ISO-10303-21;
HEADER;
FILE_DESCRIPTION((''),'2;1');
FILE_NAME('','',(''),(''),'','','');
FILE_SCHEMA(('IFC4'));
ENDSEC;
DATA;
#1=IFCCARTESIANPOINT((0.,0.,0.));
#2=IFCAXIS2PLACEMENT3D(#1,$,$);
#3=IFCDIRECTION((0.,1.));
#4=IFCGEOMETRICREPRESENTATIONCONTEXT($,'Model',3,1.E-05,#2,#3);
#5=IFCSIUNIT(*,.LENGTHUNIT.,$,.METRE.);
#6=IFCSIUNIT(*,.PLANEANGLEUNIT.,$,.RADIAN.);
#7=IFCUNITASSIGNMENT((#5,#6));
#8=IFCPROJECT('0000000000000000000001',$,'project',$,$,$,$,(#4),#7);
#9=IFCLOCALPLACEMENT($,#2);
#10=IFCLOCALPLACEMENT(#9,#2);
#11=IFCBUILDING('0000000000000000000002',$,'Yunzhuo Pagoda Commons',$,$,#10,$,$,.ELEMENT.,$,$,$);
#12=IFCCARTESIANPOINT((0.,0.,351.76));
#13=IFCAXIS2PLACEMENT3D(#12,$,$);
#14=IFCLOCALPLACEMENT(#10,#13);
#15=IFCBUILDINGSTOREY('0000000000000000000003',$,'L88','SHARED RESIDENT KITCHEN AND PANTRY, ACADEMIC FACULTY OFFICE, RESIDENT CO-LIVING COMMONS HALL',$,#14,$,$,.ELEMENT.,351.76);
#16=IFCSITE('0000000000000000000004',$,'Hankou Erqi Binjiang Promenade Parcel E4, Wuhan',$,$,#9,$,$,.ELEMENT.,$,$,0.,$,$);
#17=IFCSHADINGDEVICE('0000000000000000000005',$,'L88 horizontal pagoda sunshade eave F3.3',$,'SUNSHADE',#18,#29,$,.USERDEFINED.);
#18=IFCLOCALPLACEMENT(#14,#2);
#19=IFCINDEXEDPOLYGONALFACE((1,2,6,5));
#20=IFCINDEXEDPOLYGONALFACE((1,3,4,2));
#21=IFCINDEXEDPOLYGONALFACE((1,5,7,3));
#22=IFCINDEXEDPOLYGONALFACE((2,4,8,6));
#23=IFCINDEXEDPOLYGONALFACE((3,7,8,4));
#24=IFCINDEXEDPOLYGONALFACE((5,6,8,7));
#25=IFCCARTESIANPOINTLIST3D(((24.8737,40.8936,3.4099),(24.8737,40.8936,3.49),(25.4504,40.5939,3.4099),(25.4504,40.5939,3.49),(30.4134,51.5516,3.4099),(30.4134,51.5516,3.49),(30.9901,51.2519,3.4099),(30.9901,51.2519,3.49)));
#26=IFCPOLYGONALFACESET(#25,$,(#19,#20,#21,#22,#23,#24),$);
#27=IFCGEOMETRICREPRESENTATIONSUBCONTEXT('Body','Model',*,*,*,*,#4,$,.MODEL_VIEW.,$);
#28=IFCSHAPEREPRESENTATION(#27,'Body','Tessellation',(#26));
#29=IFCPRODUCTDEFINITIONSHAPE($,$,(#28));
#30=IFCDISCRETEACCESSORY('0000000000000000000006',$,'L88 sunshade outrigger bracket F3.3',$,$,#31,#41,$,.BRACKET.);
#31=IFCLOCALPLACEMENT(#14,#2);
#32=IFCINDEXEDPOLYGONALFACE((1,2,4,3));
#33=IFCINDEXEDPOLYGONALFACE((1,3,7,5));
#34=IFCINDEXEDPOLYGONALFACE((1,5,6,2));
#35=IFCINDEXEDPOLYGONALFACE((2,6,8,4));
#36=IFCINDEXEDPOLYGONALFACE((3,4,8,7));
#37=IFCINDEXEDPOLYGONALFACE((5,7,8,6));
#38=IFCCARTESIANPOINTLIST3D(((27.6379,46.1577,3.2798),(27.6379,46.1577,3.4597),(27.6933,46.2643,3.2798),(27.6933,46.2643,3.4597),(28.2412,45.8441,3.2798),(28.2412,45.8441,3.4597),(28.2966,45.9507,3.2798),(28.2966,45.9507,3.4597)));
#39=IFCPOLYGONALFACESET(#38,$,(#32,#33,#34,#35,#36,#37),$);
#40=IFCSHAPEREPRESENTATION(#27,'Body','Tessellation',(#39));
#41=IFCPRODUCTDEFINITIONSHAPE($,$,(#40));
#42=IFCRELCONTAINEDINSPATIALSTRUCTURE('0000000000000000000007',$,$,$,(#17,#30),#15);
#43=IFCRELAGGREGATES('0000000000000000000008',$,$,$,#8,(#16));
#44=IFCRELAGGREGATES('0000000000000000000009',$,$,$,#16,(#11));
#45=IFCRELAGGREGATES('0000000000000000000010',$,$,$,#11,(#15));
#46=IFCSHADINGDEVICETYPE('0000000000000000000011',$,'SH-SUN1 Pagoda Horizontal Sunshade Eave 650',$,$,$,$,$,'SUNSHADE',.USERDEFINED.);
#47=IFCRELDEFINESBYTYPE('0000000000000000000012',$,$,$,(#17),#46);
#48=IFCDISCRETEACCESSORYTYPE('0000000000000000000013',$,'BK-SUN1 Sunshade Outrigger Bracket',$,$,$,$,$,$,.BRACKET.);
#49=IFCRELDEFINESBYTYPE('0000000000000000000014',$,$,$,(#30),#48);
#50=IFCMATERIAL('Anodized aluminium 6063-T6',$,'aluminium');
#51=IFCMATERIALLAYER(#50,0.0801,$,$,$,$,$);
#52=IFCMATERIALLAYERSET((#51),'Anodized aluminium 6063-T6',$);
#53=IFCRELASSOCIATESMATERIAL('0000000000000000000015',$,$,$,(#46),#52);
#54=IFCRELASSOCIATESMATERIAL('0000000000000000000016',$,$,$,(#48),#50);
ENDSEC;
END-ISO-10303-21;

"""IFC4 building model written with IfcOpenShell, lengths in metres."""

from ifc_helpers import new_model, si_unit, direction, frame, origin, origin_2d, place, context, subcontext, project, spatial, rectangle, extrude, source, transform, mapped, material, layer, layer_set, type_object, element, save


model = new_model("IFC4")

# Units and contexts
model_context = context("Model", 3, precision=1e-05, world=origin(), true_north=direction((0.0, 1.0)))
body_context = subcontext(model_context, "Body", "Model", "MODEL_VIEW")
ifc_project = project(units=[si_unit("LENGTHUNIT", "METRE"), si_unit("PLANEANGLEUNIT", "RADIAN")], contexts=[model_context])

# Site, building, storey
site_placement = place(None, origin())
site = spatial("IfcSite", under=ifc_project, at=site_placement, Name="Hankou Erqi Binjiang Promenade Parcel E4, Wuhan", CompositionType="ELEMENT", RefElevation=0.0)
building_placement = place(site_placement, origin())
building = spatial("IfcBuilding", under=site, at=building_placement, Name="Yunzhuo Pagoda Commons", CompositionType="ELEMENT")
storey_placement = place(building_placement, frame((0.0, 0.0, 351.76)))
storey = spatial("IfcBuildingStorey", under=building, at=storey_placement, Name="L88", Description="SHARED RESIDENT KITCHEN AND PANTRY, ACADEMIC FACULTY OFFICE, RESIDENT CO-LIVING COMMONS HALL", CompositionType="ELEMENT", Elevation=351.76)

# Shared definitions
ifc_material_1 = material(Name="Anodized aluminium 6063-T6", Category="aluminium")

# Shading device
ifc_layer_1 = layer(ifc_material_1, 0.0801)
ifc_layer_set_1 = layer_set([ifc_layer_1], Name="Anodized aluminium 6063-T6")
shading_device_type = type_object("IfcShadingDeviceType", Name="SH-SUN1 Pagoda Horizontal Sunshade Eave 650", ElementType="SUNSHADE", PredefinedType="USERDEFINED", material=ifc_layer_set_1)
shared_shape_1 = source(origin(), body_context, "Body", "SweptSolid", [
    extrude(rectangle(XDim=12.0117, YDim=0.6499, at=origin_2d()), origin(), (0.0, 0.0, 1.0), 0.0801),
])
shading_device_placement = place(storey_placement, frame((27.9319, 46.0728, 3.4099), z_axis=(0.0, 0.0, 1.0), x_axis=(-0.461191, -0.887301, 0.0)))
element("IfcShadingDevice", 1, at=shading_device_placement, inside=storey, type_object=shading_device_type, Name="L88 horizontal pagoda sunshade eave F3.3", ObjectType="SUNSHADE", PredefinedType="USERDEFINED", context=body_context, shape_type="MappedRepresentation", body=[
    mapped(shared_shape_1, transform((0.0, 0.0, 0.0), scale=1.0)),
])

# Discrete accessory
discrete_accessory_type = type_object("IfcDiscreteAccessoryType", Name="BK-SUN1 Sunshade Outrigger Bracket", PredefinedType="BRACKET", material=ifc_material_1)
shared_shape_2 = source(origin(), body_context, "Body", "SweptSolid", [
    extrude(rectangle(XDim=0.1201, YDim=0.6799, at=origin_2d()), origin(), (0.0, 0.0, 1.0), 0.1799),
])
discrete_accessory_placement = place(storey_placement, frame((27.9673, 46.0542, 3.2798), z_axis=(0.0, 0.0, 1.0), x_axis=(-0.461191, -0.887301, 0.0)))
element("IfcDiscreteAccessory", 2, at=discrete_accessory_placement, inside=storey, type_object=discrete_accessory_type, Name="L88 sunshade outrigger bracket F3.3", PredefinedType="BRACKET", context=body_context, shape_type="MappedRepresentation", body=[
    mapped(shared_shape_2, transform((0.0, 0.0, 0.0), scale=1.0)),
])

save(model, "model.ifc")
